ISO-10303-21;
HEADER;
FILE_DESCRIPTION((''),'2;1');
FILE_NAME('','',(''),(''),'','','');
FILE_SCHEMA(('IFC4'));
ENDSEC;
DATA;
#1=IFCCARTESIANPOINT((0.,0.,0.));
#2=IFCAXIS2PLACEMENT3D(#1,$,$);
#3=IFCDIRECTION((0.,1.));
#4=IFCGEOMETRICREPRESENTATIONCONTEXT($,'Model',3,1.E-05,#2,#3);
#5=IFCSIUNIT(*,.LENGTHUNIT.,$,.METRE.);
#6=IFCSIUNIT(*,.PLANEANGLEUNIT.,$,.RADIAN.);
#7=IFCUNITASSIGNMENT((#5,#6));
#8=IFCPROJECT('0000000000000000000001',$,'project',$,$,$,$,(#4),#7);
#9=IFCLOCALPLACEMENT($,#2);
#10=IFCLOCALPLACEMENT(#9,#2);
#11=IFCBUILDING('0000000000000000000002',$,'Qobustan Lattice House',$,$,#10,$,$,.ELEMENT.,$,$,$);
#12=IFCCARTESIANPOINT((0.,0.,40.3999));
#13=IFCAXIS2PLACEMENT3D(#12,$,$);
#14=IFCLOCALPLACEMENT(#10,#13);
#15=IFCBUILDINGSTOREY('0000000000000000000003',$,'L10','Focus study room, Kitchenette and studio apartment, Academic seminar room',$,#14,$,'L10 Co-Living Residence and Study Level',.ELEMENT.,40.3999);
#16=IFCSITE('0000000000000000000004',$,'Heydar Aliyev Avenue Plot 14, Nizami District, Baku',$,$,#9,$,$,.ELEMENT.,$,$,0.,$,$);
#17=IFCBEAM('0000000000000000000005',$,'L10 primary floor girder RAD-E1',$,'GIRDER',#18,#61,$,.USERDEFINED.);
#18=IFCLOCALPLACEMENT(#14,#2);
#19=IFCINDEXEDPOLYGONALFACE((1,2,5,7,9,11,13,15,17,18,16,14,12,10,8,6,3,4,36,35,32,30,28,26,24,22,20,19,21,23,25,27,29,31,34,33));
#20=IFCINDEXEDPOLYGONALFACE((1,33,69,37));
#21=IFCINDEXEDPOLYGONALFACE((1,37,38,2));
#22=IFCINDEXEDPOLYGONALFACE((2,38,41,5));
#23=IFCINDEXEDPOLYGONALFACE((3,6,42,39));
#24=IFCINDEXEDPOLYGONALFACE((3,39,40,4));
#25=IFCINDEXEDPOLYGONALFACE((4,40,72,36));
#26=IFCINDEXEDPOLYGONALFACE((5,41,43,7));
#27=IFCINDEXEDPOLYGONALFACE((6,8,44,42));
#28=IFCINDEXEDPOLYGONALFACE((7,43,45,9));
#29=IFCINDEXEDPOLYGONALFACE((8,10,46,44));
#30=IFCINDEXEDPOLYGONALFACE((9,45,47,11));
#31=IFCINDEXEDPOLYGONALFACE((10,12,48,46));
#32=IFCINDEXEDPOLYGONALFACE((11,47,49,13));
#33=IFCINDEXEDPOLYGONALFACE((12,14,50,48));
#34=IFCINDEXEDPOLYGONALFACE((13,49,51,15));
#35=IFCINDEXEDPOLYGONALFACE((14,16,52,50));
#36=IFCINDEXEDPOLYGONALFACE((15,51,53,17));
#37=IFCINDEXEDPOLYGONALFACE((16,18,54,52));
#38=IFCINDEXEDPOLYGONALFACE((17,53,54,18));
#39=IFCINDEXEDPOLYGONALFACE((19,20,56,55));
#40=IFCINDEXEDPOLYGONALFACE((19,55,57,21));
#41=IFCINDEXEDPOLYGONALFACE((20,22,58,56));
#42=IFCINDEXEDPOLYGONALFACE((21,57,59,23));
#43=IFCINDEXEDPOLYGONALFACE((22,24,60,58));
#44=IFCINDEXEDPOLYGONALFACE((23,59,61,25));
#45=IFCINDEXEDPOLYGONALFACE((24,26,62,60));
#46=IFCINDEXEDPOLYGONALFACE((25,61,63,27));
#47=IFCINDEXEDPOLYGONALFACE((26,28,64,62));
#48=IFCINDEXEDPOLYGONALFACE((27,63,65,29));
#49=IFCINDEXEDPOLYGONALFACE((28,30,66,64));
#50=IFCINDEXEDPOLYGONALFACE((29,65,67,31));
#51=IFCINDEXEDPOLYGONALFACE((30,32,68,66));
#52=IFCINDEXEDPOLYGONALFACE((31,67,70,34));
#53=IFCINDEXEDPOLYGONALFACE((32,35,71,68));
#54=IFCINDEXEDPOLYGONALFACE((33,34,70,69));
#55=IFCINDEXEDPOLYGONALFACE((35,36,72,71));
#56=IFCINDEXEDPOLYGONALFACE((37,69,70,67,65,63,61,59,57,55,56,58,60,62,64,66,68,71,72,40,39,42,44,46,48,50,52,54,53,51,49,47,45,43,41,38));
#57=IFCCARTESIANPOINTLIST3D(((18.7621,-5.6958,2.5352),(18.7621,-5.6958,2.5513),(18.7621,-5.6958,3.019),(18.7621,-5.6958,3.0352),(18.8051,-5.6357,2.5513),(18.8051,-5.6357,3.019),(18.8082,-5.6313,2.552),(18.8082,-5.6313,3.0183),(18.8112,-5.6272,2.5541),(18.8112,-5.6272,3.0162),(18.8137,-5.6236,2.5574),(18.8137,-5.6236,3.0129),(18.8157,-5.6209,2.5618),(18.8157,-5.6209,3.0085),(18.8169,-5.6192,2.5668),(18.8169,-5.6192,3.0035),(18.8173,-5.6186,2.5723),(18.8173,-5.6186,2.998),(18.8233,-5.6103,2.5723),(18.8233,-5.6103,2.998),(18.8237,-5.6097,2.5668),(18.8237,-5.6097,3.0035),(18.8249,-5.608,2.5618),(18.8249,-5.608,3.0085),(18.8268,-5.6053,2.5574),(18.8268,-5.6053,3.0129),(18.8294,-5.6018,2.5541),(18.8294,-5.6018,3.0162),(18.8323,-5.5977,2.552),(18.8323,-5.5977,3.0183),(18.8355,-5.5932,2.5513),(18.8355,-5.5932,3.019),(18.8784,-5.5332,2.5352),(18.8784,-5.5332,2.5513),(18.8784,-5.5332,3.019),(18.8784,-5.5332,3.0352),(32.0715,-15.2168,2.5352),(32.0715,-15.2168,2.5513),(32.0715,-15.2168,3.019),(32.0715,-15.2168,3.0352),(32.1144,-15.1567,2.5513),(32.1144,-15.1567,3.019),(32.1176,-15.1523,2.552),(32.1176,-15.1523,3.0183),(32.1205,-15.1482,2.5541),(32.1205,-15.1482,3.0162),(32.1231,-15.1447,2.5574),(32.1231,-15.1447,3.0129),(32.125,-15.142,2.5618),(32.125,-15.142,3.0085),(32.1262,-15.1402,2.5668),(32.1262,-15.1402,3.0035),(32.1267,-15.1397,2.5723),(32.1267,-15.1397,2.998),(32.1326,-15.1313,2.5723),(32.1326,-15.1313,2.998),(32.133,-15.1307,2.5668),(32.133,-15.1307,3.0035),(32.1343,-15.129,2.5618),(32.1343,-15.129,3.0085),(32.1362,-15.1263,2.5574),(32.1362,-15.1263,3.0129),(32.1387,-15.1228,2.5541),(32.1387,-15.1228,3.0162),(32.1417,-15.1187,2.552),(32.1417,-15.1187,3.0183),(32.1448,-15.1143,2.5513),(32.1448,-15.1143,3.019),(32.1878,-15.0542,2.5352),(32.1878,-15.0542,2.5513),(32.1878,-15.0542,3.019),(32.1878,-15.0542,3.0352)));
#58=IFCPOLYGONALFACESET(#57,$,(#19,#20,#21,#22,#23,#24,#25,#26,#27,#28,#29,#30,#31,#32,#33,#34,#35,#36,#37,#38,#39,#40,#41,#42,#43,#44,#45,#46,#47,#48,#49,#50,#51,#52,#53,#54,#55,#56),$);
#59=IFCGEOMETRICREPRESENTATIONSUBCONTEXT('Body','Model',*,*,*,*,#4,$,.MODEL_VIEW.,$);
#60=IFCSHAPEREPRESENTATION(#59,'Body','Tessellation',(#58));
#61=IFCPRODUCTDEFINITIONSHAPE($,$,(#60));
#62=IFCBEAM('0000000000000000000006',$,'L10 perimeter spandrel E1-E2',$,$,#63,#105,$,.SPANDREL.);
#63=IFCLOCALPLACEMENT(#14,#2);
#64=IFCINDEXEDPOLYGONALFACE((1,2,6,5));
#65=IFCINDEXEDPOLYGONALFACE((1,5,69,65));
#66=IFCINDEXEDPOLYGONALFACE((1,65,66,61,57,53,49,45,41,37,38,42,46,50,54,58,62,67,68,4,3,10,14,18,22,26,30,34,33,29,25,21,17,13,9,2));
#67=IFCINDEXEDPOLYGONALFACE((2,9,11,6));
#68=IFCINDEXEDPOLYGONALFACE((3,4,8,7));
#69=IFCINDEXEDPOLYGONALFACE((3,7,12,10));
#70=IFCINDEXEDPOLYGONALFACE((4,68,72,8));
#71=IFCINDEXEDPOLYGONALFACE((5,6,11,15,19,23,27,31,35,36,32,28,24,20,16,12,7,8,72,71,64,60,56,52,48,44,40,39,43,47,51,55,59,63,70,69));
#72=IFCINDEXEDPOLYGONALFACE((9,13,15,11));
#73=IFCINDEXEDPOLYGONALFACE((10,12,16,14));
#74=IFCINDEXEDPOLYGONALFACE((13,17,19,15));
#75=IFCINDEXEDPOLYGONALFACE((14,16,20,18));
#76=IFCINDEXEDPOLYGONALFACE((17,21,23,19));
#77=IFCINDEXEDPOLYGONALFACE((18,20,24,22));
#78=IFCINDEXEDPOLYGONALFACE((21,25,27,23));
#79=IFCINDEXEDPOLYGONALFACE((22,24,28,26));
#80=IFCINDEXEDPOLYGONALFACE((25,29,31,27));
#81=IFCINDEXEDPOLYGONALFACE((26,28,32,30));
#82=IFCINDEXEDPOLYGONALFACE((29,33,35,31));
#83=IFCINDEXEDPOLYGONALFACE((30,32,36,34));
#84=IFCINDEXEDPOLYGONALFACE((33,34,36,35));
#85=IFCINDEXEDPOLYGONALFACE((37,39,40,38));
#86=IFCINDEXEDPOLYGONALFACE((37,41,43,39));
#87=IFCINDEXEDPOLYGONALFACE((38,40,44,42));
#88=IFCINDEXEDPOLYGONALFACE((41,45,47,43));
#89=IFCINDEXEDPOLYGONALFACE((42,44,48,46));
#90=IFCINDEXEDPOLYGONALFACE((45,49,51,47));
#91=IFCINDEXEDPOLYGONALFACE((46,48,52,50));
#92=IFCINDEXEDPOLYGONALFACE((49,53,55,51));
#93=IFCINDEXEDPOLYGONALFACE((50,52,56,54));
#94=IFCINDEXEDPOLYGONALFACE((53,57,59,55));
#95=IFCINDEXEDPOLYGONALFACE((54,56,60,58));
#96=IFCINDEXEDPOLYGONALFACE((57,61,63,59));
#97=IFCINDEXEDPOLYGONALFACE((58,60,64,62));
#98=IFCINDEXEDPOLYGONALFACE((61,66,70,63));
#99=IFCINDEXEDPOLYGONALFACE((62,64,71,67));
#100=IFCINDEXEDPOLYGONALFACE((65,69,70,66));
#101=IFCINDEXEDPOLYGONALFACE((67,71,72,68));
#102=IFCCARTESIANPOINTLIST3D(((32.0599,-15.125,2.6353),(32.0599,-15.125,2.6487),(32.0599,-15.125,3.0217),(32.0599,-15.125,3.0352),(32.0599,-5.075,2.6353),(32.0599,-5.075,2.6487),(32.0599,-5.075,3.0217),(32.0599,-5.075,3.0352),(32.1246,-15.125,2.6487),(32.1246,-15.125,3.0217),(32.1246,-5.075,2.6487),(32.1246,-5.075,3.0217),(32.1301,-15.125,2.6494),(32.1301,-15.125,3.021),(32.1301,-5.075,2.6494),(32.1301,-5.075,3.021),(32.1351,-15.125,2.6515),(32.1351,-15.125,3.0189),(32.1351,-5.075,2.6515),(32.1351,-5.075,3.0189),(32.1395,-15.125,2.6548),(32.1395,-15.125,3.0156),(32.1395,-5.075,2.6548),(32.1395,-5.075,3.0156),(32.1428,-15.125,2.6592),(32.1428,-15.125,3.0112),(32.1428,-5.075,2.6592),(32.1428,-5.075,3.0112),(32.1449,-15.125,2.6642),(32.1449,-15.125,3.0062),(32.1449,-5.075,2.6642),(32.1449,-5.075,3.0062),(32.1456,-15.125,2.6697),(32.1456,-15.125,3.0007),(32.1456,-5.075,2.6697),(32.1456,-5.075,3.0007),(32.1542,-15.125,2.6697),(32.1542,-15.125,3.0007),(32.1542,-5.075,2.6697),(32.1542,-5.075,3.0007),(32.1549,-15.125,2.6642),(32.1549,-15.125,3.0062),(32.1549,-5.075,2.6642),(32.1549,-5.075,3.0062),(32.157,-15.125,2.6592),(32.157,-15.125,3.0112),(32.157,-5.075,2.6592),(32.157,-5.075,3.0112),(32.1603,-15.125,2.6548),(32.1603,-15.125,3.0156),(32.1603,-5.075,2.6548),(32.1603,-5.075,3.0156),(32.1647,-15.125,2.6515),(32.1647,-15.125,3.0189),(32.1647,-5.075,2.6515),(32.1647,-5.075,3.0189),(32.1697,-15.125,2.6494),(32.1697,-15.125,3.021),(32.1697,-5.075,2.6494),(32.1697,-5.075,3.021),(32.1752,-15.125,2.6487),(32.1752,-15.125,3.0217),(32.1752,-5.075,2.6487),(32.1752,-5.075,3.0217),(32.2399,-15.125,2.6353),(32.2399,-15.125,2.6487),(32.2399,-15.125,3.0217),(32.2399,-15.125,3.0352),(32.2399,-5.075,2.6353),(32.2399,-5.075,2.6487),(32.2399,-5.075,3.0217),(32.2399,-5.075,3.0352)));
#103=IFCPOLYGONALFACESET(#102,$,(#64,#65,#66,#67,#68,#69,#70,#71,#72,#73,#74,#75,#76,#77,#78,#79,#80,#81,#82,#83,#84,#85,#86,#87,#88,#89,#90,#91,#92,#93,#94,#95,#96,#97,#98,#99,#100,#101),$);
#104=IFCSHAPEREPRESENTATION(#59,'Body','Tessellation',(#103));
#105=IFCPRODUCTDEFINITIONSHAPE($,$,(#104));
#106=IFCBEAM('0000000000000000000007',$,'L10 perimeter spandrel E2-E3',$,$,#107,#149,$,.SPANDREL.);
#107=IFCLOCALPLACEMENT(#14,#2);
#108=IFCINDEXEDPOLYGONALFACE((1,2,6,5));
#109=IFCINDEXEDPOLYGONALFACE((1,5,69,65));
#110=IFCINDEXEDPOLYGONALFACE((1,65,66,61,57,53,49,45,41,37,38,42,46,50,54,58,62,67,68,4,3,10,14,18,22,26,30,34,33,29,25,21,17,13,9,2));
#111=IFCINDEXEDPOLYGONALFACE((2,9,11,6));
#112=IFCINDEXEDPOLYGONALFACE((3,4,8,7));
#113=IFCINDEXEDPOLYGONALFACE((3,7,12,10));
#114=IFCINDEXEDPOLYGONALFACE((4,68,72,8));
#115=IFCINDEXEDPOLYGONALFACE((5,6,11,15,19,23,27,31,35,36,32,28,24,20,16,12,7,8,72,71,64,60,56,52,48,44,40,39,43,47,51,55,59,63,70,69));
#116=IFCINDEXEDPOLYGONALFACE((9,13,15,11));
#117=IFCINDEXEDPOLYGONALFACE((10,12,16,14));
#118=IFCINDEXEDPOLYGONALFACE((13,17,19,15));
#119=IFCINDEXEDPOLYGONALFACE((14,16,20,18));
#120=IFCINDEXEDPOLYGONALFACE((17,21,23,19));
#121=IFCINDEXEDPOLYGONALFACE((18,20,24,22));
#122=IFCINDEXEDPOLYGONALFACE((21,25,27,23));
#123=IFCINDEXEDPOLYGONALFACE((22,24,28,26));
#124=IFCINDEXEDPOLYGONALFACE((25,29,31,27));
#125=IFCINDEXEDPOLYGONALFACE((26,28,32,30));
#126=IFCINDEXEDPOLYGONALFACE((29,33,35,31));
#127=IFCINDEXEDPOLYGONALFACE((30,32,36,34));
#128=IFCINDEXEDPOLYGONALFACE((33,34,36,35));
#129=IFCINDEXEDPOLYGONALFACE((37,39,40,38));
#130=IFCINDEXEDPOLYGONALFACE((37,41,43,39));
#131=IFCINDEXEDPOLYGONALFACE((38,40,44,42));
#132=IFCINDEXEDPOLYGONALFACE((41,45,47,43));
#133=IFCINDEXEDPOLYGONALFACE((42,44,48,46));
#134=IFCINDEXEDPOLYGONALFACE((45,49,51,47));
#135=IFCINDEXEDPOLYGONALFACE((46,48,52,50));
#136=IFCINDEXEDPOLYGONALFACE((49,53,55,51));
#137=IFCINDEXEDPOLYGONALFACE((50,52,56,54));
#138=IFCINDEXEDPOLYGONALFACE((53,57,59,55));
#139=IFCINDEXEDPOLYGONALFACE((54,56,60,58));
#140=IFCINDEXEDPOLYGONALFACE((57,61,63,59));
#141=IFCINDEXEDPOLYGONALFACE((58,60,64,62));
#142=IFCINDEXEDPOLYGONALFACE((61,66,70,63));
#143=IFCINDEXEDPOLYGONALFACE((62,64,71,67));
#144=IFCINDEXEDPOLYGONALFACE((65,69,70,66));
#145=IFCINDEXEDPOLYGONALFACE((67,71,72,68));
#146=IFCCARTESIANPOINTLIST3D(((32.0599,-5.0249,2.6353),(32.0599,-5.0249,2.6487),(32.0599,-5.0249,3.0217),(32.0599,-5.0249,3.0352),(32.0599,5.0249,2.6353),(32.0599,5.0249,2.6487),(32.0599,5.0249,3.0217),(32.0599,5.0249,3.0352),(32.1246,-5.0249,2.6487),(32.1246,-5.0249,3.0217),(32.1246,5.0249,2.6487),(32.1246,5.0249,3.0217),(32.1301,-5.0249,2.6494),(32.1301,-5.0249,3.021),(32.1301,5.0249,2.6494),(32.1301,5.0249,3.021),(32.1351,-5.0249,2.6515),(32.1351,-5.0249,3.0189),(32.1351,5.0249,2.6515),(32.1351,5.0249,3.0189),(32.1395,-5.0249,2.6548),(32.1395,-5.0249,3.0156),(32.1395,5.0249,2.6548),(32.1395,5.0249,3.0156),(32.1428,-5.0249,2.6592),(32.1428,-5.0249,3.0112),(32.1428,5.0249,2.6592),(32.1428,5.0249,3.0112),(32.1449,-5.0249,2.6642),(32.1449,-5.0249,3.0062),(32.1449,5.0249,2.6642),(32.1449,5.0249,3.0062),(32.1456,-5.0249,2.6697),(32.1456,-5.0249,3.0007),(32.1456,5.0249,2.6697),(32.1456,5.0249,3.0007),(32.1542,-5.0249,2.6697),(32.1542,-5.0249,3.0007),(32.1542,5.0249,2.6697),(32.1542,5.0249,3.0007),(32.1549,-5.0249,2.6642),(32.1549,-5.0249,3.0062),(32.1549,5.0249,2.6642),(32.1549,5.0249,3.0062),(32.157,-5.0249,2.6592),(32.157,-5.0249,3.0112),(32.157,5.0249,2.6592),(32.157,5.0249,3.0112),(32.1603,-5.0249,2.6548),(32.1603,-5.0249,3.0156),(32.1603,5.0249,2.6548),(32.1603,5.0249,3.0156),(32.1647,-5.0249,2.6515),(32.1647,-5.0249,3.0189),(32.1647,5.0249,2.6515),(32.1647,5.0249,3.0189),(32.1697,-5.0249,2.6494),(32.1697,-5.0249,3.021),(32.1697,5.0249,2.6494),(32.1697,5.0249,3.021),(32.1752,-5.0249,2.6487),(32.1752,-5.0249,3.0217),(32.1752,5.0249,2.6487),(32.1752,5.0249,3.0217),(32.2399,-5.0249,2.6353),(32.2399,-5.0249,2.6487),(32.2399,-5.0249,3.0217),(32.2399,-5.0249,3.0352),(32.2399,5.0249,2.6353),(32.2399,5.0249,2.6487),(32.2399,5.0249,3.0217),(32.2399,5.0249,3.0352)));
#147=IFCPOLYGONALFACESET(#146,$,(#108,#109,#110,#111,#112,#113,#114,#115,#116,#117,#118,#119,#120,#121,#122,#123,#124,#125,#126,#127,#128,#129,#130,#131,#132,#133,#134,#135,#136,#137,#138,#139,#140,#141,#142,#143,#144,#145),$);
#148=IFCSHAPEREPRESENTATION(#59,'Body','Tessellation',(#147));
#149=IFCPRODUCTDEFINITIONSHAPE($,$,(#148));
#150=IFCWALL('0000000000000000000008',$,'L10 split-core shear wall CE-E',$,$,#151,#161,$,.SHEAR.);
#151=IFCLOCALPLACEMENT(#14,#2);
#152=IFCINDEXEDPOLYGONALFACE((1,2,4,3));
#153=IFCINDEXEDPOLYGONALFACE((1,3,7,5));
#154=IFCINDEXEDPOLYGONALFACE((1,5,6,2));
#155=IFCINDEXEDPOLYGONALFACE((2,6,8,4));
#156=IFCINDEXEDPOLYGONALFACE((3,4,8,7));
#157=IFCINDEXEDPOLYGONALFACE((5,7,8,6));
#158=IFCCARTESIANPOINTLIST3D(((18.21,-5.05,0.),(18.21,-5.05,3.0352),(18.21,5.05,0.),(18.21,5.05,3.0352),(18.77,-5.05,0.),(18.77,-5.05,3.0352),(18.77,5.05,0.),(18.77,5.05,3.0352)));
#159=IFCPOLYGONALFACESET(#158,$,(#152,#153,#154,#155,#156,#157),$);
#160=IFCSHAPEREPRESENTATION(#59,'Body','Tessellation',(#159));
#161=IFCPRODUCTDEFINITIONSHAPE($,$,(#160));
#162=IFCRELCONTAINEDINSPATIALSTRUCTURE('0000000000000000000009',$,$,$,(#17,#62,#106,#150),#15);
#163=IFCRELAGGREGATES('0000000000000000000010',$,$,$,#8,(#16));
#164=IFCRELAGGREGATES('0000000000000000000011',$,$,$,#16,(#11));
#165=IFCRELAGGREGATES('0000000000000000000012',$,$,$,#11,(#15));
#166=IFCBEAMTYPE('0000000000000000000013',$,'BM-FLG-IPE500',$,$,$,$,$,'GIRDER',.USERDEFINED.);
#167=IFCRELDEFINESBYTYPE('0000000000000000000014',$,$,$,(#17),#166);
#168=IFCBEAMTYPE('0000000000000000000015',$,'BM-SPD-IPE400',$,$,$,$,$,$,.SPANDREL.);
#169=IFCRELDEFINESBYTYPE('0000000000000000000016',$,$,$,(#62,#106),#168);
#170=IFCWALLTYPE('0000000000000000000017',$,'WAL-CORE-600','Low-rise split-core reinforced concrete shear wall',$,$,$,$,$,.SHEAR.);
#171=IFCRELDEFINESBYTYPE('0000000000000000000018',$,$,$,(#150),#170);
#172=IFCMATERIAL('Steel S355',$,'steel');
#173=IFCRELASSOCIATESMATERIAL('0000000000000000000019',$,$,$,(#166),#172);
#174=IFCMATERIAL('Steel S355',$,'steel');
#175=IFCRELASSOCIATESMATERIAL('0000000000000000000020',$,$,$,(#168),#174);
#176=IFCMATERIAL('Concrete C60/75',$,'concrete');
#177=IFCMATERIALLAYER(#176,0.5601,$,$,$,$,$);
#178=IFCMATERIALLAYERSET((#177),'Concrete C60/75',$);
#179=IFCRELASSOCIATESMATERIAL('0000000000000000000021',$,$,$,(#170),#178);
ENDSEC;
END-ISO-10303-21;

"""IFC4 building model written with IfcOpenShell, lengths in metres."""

from ifc_helpers import new_model, si_unit, direction, frame, frame_2d, origin, origin_2d, place, context, subcontext, project, spatial, rectangle, i_section, extrude, material, layer, layer_set, material_profile, profile_set, type_object, element, save


model = new_model("IFC4")

# Units and contexts
model_context = context("Model", 3, precision=1e-05, world=origin(), true_north=direction((0.0, 1.0)))
body_context = subcontext(model_context, "Body", "Model", "MODEL_VIEW")
ifc_project = project(units=[si_unit("LENGTHUNIT", "METRE"), si_unit("PLANEANGLEUNIT", "RADIAN")], contexts=[model_context])

# Site, building, storey
site_placement = place(None, origin())
site = spatial("IfcSite", under=ifc_project, at=site_placement, Name="Heydar Aliyev Avenue Plot 14, Nizami District, Baku", CompositionType="ELEMENT", RefElevation=0.0)
building_placement = place(site_placement, origin())
building = spatial("IfcBuilding", under=site, at=building_placement, Name="Qobustan Lattice House", CompositionType="ELEMENT")
storey_placement = place(building_placement, frame((0.0, 0.0, 40.3999)))
storey = spatial("IfcBuildingStorey", under=building, at=storey_placement, Name="L10", Description="Focus study room, Kitchenette and studio apartment, Academic seminar room", LongName="L10 Co-Living Residence and Study Level", CompositionType="ELEMENT", Elevation=40.3999)

# Beams
ifc_material_1 = material(Name="Steel S355", Category="steel")
ifc_material_profile_1 = material_profile(ifc_material_1, i_section(OverallWidth=0.2, OverallDepth=0.5, WebThickness=0.0103, FlangeThickness=0.0161, FilletRadius=0.021, at=origin_2d()), Name="IPE500")
ifc_profile_set_1 = profile_set([ifc_material_profile_1], Name="Steel S355")
beam_type_1 = type_object("IfcBeamType", Name="BM-FLG-IPE500", ElementType="GIRDER", PredefinedType="USERDEFINED", material=ifc_profile_set_1)
beam_1_placement = place(storey_placement, frame((32.1296, -15.1355, 2.7852), z_axis=(-0.813319, 0.581818, 0.0), x_axis=(-0.581818, -0.813319, 0.0)))
element("IfcBeam", 1, at=beam_1_placement, inside=storey, type_object=beam_type_1, Name="L10 primary floor girder RAD-E1", ObjectType="GIRDER", PredefinedType="USERDEFINED", context=body_context, shape_type="SweptSolid", body=[
    extrude(i_section(OverallWidth=0.2, OverallDepth=0.5, WebThickness=0.0103, FlangeThickness=0.0161, FilletRadius=0.021, at=origin_2d()), origin(), (0.0, 0.0, 1.0), 16.3643),
])
ifc_material_2 = material(Name="Steel S355", Category="steel")
ifc_material_profile_2 = material_profile(ifc_material_2, i_section(OverallWidth=0.1799, OverallDepth=0.3999, WebThickness=0.0085, FlangeThickness=0.0134, FilletRadius=0.021, at=origin_2d()), Name="IPE400")
ifc_profile_set_2 = profile_set([ifc_material_profile_2], Name="Steel S355")
beam_type_2 = type_object("IfcBeamType", Name="BM-SPD-IPE400", PredefinedType="SPANDREL", material=ifc_profile_set_2)
beam_2_placement = place(storey_placement, frame((32.1499, -15.125, 2.8352), z_axis=(0.0, 1.0, 0.0), x_axis=(-1.0, 0.0, 0.0)))
element("IfcBeam", 2, at=beam_2_placement, inside=storey, type_object=beam_type_2, Name="L10 perimeter spandrel E1-E2", PredefinedType="SPANDREL", context=body_context, shape_type="SweptSolid", body=[
    extrude(i_section(OverallWidth=0.1799, OverallDepth=0.3999, WebThickness=0.0085, FlangeThickness=0.0134, FilletRadius=0.021, at=origin_2d()), origin(), (0.0, 0.0, 1.0), 10.05),
])
beam_3_placement = place(storey_placement, frame((32.1499, -5.0249, 2.8352), z_axis=(0.0, 1.0, 0.0), x_axis=(-1.0, 0.0, 0.0)))
element("IfcBeam", 3, at=beam_3_placement, inside=storey, type_object=beam_type_2, Name="L10 perimeter spandrel E2-E3", PredefinedType="SPANDREL", context=body_context, shape_type="SweptSolid", body=[
    extrude(i_section(OverallWidth=0.1799, OverallDepth=0.3999, WebThickness=0.0085, FlangeThickness=0.0134, FilletRadius=0.021, at=origin_2d()), origin(), (0.0, 0.0, 1.0), 10.0498),
])

# Wall
ifc_material_3 = material(Name="Concrete C60/75", Category="concrete")
ifc_layer_1 = layer(ifc_material_3, 0.5601)
ifc_layer_set_1 = layer_set([ifc_layer_1], Name="Concrete C60/75")
wall_type_1 = type_object("IfcWallType", Name="WAL-CORE-600", Description="Low-rise split-core reinforced concrete shear wall", PredefinedType="SHEAR", material=ifc_layer_set_1)
wall_1_placement = place(storey_placement, frame((18.49, -5.05, 0.0), z_axis=(0.0, 0.0, 1.0), x_axis=(0.0, 1.0, 0.0)))
element("IfcWall", 4, at=wall_1_placement, inside=storey, type_object=wall_type_1, Name="L10 split-core shear wall CE-E", PredefinedType="SHEAR", context=body_context, shape_type="SweptSolid", body=[
    extrude(rectangle(XDim=10.1001, YDim=0.5601, at=frame_2d((5.05, 0.0))), origin(), (0.0, 0.0, 1.0), 3.0352),
])

save(model, "model.ifc")
